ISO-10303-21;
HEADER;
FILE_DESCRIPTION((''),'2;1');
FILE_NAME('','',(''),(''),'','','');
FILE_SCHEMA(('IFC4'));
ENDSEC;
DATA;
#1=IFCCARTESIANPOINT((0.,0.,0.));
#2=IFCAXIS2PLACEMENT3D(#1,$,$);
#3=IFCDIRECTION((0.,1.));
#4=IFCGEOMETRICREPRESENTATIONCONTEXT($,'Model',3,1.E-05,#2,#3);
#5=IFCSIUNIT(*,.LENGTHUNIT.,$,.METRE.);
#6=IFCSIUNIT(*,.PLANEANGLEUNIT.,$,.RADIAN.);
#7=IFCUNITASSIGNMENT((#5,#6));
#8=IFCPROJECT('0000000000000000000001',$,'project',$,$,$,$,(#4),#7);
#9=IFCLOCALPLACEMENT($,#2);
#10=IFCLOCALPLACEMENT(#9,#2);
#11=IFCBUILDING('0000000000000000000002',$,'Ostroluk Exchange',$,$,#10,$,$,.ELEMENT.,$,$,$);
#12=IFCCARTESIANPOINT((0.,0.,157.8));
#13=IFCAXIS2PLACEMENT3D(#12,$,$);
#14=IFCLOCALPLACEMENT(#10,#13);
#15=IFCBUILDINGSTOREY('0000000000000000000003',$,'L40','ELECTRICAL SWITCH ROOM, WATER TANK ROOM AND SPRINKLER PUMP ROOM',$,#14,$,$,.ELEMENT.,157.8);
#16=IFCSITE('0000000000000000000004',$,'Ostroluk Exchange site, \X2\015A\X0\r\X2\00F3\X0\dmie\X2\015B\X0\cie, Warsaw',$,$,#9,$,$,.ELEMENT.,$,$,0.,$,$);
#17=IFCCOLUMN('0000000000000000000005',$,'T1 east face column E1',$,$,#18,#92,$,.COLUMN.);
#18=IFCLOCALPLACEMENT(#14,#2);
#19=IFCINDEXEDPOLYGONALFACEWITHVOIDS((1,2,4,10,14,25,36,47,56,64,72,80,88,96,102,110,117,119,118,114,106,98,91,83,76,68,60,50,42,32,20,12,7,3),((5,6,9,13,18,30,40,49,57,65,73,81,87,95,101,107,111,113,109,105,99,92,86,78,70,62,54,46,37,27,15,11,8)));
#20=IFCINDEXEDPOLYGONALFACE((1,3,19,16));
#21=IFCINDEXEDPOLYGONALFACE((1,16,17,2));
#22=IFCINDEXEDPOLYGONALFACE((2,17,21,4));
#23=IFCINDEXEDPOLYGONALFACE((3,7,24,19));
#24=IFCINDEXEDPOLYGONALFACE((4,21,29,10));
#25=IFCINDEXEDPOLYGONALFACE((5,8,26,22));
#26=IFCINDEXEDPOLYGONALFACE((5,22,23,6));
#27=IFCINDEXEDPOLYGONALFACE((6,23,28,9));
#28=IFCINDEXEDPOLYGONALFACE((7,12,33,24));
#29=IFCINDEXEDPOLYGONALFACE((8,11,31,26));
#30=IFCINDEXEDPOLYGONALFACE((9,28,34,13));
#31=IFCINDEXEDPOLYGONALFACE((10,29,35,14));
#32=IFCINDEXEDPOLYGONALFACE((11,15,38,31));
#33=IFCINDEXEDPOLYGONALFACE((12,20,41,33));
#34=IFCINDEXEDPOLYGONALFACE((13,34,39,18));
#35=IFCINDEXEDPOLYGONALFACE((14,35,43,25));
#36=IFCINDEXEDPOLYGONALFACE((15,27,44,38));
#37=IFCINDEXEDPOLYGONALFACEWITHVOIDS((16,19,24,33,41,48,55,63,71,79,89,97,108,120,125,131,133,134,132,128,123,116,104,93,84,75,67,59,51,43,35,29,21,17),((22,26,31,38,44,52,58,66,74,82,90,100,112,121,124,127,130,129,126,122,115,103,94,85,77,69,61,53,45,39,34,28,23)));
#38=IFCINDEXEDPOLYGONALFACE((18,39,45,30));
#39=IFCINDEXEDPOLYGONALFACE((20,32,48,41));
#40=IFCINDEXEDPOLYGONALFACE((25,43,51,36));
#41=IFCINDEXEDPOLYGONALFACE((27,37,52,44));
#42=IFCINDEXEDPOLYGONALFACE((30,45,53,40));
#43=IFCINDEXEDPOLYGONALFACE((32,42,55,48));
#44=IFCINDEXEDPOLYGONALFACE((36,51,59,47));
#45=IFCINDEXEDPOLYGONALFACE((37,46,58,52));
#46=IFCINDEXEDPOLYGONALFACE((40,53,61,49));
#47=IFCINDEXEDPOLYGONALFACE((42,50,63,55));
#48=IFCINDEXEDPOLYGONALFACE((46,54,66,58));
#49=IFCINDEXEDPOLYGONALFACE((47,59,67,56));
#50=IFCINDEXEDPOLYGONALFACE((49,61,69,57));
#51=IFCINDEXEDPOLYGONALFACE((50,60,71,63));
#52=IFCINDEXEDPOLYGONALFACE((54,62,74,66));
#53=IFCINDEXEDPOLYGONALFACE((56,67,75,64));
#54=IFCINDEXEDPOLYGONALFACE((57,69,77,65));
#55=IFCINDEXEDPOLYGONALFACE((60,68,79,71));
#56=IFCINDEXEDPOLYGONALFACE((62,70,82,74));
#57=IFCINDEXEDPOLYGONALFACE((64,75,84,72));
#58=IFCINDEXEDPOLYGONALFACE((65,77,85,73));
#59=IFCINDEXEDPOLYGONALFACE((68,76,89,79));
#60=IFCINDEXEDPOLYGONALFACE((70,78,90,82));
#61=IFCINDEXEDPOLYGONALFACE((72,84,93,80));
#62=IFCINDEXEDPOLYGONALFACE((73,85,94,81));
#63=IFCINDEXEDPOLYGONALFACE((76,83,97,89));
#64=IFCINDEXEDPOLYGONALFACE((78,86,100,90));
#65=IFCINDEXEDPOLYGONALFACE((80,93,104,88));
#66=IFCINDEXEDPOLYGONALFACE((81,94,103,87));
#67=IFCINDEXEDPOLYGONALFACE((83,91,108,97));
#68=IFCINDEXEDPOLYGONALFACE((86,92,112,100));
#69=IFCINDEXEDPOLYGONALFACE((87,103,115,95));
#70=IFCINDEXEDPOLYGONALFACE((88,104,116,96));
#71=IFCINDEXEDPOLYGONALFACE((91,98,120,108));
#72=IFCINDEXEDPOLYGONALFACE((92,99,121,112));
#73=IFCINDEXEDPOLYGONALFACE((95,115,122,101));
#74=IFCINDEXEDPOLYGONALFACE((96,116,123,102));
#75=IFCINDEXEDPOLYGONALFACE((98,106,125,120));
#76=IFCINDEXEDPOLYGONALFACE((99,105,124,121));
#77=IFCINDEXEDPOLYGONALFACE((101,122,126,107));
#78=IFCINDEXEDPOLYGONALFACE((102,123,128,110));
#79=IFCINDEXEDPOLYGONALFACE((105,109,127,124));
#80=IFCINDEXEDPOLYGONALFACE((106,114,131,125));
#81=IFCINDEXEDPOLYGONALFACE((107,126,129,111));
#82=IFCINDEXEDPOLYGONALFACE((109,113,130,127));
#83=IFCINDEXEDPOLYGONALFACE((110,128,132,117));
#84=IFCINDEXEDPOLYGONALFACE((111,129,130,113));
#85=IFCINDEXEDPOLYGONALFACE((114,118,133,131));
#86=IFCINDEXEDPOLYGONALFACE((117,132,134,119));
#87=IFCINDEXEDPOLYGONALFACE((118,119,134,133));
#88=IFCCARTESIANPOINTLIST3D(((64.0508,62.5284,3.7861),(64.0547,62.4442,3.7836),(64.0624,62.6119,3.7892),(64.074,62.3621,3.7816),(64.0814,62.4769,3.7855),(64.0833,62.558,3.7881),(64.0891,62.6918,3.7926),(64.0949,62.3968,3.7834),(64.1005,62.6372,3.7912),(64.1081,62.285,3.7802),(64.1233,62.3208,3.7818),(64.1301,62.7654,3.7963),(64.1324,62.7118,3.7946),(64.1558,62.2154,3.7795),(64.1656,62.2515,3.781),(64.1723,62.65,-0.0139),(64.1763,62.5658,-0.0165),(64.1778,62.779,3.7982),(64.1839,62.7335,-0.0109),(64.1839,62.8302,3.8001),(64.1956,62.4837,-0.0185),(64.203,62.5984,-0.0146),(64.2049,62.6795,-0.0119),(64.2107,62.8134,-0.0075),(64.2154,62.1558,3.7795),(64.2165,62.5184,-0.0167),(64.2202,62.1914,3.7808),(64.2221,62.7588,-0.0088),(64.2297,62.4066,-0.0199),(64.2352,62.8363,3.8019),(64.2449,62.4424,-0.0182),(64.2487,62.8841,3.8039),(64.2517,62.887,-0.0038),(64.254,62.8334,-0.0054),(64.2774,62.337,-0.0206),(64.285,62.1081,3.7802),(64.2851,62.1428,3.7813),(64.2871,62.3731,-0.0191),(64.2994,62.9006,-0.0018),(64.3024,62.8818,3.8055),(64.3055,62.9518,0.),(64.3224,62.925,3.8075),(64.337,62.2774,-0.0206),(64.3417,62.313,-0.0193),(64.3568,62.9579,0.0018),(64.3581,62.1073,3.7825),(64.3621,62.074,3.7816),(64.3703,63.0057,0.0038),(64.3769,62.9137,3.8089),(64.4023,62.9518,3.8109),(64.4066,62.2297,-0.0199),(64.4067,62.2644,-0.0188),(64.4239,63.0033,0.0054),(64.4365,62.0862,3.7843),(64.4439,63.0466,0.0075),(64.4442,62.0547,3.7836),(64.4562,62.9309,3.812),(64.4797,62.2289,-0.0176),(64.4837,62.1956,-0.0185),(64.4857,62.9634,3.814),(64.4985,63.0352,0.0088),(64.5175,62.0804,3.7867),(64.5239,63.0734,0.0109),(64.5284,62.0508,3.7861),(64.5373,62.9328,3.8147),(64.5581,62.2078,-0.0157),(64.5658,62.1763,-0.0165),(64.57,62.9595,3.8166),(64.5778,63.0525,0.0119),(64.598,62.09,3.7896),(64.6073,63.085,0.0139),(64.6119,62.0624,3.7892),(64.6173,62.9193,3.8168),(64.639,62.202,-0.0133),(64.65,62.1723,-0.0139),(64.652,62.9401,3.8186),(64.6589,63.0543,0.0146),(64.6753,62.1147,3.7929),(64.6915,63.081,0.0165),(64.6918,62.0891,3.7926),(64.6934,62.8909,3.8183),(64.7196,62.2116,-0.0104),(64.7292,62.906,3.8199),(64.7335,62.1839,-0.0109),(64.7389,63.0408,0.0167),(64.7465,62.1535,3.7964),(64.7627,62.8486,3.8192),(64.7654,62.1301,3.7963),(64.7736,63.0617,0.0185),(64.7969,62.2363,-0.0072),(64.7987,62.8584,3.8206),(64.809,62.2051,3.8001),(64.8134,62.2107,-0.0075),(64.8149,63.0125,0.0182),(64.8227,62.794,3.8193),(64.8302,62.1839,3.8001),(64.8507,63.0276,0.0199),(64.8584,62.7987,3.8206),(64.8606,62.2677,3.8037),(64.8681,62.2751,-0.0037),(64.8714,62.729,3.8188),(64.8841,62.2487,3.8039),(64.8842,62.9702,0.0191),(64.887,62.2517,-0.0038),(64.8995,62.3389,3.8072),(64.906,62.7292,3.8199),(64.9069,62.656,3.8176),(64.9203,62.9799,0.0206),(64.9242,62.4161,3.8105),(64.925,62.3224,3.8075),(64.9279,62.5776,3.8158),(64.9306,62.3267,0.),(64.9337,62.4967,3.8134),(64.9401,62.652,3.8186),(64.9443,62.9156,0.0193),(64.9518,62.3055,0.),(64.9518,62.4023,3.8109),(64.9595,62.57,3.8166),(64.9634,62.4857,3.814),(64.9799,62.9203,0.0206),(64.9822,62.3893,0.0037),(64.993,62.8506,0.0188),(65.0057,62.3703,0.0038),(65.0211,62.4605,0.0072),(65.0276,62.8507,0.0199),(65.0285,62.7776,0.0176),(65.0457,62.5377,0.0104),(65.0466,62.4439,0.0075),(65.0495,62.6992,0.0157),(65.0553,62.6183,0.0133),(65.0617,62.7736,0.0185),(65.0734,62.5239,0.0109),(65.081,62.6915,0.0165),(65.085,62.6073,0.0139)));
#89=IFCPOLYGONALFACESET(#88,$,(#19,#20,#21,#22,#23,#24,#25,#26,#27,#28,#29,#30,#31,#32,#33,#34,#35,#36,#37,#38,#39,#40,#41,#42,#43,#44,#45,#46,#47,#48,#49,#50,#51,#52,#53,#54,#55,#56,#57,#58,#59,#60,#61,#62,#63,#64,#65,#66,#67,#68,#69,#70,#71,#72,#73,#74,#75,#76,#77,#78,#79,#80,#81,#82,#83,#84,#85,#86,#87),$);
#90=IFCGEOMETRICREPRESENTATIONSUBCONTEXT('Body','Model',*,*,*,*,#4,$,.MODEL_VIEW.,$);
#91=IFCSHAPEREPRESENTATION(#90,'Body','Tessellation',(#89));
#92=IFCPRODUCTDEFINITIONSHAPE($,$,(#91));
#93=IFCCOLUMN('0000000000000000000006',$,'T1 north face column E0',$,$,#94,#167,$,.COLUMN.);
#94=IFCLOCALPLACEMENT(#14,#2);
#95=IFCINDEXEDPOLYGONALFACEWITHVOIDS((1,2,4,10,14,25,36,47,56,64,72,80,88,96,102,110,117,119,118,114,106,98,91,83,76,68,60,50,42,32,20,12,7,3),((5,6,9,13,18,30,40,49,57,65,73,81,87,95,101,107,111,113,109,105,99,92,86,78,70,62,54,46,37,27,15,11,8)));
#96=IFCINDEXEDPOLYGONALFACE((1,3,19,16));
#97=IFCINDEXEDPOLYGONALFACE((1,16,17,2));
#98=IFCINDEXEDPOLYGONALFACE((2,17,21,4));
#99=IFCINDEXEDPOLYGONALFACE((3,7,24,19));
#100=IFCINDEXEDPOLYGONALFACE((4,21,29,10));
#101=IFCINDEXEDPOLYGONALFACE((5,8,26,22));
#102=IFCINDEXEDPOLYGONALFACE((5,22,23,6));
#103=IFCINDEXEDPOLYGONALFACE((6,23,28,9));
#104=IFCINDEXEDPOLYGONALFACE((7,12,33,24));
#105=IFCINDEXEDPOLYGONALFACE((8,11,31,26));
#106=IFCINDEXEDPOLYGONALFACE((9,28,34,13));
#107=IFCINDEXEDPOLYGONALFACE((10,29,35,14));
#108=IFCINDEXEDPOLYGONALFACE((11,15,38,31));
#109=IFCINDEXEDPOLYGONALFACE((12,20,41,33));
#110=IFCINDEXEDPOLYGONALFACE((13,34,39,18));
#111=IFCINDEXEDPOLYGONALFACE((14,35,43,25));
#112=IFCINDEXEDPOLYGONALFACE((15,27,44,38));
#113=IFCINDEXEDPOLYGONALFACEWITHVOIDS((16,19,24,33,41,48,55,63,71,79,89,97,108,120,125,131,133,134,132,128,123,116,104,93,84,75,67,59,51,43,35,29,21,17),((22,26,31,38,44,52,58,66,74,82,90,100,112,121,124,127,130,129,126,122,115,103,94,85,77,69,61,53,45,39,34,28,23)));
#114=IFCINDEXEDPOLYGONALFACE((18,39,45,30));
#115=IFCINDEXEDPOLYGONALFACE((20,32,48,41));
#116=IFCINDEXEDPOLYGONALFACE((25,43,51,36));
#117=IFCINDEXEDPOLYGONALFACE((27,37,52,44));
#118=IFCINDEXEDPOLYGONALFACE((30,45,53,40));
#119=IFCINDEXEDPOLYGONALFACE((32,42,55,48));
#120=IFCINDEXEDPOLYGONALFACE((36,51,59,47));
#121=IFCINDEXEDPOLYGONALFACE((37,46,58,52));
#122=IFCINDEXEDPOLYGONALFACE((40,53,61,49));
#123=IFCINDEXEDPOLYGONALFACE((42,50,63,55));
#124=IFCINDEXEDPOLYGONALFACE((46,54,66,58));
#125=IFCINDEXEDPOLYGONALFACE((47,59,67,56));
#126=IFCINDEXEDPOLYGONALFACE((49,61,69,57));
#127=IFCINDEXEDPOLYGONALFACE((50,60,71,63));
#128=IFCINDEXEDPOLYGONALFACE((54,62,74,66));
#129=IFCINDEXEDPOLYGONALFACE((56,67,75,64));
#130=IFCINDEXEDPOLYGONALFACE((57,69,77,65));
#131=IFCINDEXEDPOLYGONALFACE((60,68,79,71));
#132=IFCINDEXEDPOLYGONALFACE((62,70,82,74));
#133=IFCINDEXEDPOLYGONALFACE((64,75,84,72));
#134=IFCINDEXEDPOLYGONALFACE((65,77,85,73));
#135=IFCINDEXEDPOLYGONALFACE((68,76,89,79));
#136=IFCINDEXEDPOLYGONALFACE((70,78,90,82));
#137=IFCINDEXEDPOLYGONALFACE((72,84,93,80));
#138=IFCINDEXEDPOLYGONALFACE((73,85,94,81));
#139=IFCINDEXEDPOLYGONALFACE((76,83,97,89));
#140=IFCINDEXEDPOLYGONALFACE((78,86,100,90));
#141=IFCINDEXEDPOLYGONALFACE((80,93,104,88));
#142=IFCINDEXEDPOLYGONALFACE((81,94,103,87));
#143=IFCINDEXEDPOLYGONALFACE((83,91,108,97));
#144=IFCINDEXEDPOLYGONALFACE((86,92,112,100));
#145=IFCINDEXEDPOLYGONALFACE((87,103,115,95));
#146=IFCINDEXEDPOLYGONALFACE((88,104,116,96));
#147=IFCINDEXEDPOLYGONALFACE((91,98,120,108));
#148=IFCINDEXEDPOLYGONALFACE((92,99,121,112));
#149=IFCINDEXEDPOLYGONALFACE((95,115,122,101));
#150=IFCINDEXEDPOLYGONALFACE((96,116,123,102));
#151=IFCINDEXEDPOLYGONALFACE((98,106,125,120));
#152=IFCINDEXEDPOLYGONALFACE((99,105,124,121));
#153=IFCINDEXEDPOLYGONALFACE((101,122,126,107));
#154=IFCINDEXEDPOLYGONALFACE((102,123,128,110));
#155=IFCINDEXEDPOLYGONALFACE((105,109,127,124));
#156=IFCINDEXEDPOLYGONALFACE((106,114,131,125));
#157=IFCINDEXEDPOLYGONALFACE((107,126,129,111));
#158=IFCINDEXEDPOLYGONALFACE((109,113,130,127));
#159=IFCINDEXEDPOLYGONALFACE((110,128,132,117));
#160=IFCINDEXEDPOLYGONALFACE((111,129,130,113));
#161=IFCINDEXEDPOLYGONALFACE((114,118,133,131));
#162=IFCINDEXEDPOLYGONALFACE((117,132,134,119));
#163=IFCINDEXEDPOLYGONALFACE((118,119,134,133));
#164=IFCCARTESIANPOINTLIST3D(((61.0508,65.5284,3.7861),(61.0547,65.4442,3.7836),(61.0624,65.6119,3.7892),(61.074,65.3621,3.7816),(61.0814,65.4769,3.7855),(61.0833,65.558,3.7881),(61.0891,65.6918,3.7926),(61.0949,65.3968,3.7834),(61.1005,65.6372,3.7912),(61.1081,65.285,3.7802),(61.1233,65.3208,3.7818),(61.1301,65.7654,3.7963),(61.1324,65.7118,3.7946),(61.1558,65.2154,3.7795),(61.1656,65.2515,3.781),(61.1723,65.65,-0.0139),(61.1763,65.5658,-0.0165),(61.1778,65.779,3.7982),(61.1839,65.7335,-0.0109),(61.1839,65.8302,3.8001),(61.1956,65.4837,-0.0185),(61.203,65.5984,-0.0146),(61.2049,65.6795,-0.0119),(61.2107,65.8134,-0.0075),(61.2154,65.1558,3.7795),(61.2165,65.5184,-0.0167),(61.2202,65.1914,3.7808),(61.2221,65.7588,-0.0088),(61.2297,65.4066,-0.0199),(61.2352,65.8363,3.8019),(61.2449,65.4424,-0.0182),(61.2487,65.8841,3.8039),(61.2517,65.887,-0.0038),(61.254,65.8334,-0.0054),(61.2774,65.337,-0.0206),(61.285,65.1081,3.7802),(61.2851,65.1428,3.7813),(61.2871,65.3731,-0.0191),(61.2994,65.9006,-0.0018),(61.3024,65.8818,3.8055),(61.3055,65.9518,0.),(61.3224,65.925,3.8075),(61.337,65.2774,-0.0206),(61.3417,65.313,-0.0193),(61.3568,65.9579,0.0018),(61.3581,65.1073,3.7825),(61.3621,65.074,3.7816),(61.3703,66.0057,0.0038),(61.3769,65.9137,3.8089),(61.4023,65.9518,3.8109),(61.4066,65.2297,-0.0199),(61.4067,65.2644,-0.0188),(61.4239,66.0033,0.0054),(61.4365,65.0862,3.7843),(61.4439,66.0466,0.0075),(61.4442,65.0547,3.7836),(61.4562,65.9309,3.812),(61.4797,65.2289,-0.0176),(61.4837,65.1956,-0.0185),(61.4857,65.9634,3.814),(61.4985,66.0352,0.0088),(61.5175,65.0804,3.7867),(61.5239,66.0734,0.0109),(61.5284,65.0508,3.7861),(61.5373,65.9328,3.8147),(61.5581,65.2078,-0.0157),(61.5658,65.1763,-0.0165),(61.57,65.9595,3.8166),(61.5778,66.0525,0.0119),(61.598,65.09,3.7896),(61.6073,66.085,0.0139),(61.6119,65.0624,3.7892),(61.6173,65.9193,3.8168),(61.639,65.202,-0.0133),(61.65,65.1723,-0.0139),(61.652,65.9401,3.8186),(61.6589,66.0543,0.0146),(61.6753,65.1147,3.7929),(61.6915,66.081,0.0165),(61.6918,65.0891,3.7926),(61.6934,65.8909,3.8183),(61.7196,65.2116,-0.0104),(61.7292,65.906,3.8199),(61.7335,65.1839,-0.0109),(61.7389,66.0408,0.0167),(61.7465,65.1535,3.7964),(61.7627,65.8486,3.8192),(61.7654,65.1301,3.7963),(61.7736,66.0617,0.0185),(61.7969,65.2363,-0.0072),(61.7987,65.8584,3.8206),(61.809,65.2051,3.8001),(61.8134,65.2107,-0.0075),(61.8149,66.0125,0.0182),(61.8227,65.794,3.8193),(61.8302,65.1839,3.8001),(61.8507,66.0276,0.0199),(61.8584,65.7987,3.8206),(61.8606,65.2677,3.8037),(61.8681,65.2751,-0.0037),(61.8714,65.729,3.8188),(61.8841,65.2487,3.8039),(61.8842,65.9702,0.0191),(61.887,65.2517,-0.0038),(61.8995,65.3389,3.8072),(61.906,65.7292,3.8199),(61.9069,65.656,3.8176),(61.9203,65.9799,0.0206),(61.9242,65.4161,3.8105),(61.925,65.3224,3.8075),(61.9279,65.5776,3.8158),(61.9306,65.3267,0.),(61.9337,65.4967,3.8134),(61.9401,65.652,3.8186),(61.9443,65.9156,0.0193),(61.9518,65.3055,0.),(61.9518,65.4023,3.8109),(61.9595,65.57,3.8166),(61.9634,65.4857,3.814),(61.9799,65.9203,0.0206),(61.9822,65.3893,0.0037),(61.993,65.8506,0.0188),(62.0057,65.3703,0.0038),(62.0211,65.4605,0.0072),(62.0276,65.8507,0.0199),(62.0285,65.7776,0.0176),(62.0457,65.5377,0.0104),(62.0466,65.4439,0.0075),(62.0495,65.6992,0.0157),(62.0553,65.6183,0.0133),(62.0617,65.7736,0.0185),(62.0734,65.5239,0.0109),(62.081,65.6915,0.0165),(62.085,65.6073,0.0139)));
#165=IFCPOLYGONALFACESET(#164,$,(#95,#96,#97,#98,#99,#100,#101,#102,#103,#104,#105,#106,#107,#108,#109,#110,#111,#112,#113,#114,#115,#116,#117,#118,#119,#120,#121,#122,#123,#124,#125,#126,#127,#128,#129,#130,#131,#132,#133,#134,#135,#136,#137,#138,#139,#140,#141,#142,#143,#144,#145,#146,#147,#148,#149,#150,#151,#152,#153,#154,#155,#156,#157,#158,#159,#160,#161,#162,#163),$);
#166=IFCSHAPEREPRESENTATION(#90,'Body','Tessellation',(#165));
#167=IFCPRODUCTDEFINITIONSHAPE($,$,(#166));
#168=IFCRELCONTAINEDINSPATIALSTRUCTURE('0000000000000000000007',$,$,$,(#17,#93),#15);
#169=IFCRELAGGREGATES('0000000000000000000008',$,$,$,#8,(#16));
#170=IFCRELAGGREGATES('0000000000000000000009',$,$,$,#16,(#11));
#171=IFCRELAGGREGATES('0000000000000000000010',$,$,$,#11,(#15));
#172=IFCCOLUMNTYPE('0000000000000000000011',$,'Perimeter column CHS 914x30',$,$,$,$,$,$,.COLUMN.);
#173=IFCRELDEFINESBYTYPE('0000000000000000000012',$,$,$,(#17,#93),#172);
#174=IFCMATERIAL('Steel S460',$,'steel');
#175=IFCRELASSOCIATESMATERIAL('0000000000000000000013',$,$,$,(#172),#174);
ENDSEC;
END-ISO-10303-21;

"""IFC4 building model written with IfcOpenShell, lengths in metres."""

from ifc_helpers import new_model, si_unit, direction, frame, origin, origin_2d, place, context, subcontext, project, spatial, hollow_circle, extrude, material, material_profile, profile_set, type_object, element, save


model = new_model("IFC4")

# Units and contexts
model_context = context("Model", 3, precision=1e-05, world=origin(), true_north=direction((0.0, 1.0)))
body_context = subcontext(model_context, "Body", "Model", "MODEL_VIEW")
ifc_project = project(units=[si_unit("LENGTHUNIT", "METRE"), si_unit("PLANEANGLEUNIT", "RADIAN")], contexts=[model_context])

# Site, building, storey
site_placement = place(None, origin())
site = spatial("IfcSite", under=ifc_project, at=site_placement, Name="Ostroluk Exchange site, Śródmieście, Warsaw", CompositionType="ELEMENT", RefElevation=0.0)
building_placement = place(site_placement, origin())
building = spatial("IfcBuilding", under=site, at=building_placement, Name="Ostroluk Exchange", CompositionType="ELEMENT")
storey_placement = place(building_placement, frame((0.0, 0.0, 157.8)))
storey = spatial("IfcBuildingStorey", under=building, at=storey_placement, Name="L40", Description="ELECTRICAL SWITCH ROOM, WATER TANK ROOM AND SPRINKLER PUMP ROOM", CompositionType="ELEMENT", Elevation=157.8)

# Columns
ifc_material_1 = material(Name="Steel S460", Category="steel")
ifc_material_profile_1 = material_profile(ifc_material_1, hollow_circle(Radius=0.457, WallThickness=0.03, at=origin_2d()), Name="CHS 914x30")
ifc_profile_set_1 = profile_set([ifc_material_profile_1], Name="Steel S460")
column_type = type_object("IfcColumnType", Name="Perimeter column CHS 914x30", PredefinedType="COLUMN", material=ifc_profile_set_1)
for number, where, z_axis, x_axis, name in (
    (1, (64.6287, 62.6287, 0.0), (-0.031962, -0.031962, 0.998978), (0.707107, -0.707107, 0.0), "T1 east face column E1"),
    (2, (61.6287, 65.6287, 0.0), (-0.031962, -0.031962, 0.998978), (0.707107, -0.707107, 0.0), "T1 north face column E0"),
):
    element("IfcColumn", number, at=place(storey_placement, frame(where, z_axis=z_axis, x_axis=x_axis)), inside=storey, type_object=column_type, Name=name, PredefinedType="COLUMN", context=body_context, shape_type="SweptSolid", body=[
        extrude(hollow_circle(Radius=0.457, WallThickness=0.03, at=origin_2d()), origin(), (0.0, 0.0, 1.0), 3.804),
    ])

save(model, "model.ifc")
